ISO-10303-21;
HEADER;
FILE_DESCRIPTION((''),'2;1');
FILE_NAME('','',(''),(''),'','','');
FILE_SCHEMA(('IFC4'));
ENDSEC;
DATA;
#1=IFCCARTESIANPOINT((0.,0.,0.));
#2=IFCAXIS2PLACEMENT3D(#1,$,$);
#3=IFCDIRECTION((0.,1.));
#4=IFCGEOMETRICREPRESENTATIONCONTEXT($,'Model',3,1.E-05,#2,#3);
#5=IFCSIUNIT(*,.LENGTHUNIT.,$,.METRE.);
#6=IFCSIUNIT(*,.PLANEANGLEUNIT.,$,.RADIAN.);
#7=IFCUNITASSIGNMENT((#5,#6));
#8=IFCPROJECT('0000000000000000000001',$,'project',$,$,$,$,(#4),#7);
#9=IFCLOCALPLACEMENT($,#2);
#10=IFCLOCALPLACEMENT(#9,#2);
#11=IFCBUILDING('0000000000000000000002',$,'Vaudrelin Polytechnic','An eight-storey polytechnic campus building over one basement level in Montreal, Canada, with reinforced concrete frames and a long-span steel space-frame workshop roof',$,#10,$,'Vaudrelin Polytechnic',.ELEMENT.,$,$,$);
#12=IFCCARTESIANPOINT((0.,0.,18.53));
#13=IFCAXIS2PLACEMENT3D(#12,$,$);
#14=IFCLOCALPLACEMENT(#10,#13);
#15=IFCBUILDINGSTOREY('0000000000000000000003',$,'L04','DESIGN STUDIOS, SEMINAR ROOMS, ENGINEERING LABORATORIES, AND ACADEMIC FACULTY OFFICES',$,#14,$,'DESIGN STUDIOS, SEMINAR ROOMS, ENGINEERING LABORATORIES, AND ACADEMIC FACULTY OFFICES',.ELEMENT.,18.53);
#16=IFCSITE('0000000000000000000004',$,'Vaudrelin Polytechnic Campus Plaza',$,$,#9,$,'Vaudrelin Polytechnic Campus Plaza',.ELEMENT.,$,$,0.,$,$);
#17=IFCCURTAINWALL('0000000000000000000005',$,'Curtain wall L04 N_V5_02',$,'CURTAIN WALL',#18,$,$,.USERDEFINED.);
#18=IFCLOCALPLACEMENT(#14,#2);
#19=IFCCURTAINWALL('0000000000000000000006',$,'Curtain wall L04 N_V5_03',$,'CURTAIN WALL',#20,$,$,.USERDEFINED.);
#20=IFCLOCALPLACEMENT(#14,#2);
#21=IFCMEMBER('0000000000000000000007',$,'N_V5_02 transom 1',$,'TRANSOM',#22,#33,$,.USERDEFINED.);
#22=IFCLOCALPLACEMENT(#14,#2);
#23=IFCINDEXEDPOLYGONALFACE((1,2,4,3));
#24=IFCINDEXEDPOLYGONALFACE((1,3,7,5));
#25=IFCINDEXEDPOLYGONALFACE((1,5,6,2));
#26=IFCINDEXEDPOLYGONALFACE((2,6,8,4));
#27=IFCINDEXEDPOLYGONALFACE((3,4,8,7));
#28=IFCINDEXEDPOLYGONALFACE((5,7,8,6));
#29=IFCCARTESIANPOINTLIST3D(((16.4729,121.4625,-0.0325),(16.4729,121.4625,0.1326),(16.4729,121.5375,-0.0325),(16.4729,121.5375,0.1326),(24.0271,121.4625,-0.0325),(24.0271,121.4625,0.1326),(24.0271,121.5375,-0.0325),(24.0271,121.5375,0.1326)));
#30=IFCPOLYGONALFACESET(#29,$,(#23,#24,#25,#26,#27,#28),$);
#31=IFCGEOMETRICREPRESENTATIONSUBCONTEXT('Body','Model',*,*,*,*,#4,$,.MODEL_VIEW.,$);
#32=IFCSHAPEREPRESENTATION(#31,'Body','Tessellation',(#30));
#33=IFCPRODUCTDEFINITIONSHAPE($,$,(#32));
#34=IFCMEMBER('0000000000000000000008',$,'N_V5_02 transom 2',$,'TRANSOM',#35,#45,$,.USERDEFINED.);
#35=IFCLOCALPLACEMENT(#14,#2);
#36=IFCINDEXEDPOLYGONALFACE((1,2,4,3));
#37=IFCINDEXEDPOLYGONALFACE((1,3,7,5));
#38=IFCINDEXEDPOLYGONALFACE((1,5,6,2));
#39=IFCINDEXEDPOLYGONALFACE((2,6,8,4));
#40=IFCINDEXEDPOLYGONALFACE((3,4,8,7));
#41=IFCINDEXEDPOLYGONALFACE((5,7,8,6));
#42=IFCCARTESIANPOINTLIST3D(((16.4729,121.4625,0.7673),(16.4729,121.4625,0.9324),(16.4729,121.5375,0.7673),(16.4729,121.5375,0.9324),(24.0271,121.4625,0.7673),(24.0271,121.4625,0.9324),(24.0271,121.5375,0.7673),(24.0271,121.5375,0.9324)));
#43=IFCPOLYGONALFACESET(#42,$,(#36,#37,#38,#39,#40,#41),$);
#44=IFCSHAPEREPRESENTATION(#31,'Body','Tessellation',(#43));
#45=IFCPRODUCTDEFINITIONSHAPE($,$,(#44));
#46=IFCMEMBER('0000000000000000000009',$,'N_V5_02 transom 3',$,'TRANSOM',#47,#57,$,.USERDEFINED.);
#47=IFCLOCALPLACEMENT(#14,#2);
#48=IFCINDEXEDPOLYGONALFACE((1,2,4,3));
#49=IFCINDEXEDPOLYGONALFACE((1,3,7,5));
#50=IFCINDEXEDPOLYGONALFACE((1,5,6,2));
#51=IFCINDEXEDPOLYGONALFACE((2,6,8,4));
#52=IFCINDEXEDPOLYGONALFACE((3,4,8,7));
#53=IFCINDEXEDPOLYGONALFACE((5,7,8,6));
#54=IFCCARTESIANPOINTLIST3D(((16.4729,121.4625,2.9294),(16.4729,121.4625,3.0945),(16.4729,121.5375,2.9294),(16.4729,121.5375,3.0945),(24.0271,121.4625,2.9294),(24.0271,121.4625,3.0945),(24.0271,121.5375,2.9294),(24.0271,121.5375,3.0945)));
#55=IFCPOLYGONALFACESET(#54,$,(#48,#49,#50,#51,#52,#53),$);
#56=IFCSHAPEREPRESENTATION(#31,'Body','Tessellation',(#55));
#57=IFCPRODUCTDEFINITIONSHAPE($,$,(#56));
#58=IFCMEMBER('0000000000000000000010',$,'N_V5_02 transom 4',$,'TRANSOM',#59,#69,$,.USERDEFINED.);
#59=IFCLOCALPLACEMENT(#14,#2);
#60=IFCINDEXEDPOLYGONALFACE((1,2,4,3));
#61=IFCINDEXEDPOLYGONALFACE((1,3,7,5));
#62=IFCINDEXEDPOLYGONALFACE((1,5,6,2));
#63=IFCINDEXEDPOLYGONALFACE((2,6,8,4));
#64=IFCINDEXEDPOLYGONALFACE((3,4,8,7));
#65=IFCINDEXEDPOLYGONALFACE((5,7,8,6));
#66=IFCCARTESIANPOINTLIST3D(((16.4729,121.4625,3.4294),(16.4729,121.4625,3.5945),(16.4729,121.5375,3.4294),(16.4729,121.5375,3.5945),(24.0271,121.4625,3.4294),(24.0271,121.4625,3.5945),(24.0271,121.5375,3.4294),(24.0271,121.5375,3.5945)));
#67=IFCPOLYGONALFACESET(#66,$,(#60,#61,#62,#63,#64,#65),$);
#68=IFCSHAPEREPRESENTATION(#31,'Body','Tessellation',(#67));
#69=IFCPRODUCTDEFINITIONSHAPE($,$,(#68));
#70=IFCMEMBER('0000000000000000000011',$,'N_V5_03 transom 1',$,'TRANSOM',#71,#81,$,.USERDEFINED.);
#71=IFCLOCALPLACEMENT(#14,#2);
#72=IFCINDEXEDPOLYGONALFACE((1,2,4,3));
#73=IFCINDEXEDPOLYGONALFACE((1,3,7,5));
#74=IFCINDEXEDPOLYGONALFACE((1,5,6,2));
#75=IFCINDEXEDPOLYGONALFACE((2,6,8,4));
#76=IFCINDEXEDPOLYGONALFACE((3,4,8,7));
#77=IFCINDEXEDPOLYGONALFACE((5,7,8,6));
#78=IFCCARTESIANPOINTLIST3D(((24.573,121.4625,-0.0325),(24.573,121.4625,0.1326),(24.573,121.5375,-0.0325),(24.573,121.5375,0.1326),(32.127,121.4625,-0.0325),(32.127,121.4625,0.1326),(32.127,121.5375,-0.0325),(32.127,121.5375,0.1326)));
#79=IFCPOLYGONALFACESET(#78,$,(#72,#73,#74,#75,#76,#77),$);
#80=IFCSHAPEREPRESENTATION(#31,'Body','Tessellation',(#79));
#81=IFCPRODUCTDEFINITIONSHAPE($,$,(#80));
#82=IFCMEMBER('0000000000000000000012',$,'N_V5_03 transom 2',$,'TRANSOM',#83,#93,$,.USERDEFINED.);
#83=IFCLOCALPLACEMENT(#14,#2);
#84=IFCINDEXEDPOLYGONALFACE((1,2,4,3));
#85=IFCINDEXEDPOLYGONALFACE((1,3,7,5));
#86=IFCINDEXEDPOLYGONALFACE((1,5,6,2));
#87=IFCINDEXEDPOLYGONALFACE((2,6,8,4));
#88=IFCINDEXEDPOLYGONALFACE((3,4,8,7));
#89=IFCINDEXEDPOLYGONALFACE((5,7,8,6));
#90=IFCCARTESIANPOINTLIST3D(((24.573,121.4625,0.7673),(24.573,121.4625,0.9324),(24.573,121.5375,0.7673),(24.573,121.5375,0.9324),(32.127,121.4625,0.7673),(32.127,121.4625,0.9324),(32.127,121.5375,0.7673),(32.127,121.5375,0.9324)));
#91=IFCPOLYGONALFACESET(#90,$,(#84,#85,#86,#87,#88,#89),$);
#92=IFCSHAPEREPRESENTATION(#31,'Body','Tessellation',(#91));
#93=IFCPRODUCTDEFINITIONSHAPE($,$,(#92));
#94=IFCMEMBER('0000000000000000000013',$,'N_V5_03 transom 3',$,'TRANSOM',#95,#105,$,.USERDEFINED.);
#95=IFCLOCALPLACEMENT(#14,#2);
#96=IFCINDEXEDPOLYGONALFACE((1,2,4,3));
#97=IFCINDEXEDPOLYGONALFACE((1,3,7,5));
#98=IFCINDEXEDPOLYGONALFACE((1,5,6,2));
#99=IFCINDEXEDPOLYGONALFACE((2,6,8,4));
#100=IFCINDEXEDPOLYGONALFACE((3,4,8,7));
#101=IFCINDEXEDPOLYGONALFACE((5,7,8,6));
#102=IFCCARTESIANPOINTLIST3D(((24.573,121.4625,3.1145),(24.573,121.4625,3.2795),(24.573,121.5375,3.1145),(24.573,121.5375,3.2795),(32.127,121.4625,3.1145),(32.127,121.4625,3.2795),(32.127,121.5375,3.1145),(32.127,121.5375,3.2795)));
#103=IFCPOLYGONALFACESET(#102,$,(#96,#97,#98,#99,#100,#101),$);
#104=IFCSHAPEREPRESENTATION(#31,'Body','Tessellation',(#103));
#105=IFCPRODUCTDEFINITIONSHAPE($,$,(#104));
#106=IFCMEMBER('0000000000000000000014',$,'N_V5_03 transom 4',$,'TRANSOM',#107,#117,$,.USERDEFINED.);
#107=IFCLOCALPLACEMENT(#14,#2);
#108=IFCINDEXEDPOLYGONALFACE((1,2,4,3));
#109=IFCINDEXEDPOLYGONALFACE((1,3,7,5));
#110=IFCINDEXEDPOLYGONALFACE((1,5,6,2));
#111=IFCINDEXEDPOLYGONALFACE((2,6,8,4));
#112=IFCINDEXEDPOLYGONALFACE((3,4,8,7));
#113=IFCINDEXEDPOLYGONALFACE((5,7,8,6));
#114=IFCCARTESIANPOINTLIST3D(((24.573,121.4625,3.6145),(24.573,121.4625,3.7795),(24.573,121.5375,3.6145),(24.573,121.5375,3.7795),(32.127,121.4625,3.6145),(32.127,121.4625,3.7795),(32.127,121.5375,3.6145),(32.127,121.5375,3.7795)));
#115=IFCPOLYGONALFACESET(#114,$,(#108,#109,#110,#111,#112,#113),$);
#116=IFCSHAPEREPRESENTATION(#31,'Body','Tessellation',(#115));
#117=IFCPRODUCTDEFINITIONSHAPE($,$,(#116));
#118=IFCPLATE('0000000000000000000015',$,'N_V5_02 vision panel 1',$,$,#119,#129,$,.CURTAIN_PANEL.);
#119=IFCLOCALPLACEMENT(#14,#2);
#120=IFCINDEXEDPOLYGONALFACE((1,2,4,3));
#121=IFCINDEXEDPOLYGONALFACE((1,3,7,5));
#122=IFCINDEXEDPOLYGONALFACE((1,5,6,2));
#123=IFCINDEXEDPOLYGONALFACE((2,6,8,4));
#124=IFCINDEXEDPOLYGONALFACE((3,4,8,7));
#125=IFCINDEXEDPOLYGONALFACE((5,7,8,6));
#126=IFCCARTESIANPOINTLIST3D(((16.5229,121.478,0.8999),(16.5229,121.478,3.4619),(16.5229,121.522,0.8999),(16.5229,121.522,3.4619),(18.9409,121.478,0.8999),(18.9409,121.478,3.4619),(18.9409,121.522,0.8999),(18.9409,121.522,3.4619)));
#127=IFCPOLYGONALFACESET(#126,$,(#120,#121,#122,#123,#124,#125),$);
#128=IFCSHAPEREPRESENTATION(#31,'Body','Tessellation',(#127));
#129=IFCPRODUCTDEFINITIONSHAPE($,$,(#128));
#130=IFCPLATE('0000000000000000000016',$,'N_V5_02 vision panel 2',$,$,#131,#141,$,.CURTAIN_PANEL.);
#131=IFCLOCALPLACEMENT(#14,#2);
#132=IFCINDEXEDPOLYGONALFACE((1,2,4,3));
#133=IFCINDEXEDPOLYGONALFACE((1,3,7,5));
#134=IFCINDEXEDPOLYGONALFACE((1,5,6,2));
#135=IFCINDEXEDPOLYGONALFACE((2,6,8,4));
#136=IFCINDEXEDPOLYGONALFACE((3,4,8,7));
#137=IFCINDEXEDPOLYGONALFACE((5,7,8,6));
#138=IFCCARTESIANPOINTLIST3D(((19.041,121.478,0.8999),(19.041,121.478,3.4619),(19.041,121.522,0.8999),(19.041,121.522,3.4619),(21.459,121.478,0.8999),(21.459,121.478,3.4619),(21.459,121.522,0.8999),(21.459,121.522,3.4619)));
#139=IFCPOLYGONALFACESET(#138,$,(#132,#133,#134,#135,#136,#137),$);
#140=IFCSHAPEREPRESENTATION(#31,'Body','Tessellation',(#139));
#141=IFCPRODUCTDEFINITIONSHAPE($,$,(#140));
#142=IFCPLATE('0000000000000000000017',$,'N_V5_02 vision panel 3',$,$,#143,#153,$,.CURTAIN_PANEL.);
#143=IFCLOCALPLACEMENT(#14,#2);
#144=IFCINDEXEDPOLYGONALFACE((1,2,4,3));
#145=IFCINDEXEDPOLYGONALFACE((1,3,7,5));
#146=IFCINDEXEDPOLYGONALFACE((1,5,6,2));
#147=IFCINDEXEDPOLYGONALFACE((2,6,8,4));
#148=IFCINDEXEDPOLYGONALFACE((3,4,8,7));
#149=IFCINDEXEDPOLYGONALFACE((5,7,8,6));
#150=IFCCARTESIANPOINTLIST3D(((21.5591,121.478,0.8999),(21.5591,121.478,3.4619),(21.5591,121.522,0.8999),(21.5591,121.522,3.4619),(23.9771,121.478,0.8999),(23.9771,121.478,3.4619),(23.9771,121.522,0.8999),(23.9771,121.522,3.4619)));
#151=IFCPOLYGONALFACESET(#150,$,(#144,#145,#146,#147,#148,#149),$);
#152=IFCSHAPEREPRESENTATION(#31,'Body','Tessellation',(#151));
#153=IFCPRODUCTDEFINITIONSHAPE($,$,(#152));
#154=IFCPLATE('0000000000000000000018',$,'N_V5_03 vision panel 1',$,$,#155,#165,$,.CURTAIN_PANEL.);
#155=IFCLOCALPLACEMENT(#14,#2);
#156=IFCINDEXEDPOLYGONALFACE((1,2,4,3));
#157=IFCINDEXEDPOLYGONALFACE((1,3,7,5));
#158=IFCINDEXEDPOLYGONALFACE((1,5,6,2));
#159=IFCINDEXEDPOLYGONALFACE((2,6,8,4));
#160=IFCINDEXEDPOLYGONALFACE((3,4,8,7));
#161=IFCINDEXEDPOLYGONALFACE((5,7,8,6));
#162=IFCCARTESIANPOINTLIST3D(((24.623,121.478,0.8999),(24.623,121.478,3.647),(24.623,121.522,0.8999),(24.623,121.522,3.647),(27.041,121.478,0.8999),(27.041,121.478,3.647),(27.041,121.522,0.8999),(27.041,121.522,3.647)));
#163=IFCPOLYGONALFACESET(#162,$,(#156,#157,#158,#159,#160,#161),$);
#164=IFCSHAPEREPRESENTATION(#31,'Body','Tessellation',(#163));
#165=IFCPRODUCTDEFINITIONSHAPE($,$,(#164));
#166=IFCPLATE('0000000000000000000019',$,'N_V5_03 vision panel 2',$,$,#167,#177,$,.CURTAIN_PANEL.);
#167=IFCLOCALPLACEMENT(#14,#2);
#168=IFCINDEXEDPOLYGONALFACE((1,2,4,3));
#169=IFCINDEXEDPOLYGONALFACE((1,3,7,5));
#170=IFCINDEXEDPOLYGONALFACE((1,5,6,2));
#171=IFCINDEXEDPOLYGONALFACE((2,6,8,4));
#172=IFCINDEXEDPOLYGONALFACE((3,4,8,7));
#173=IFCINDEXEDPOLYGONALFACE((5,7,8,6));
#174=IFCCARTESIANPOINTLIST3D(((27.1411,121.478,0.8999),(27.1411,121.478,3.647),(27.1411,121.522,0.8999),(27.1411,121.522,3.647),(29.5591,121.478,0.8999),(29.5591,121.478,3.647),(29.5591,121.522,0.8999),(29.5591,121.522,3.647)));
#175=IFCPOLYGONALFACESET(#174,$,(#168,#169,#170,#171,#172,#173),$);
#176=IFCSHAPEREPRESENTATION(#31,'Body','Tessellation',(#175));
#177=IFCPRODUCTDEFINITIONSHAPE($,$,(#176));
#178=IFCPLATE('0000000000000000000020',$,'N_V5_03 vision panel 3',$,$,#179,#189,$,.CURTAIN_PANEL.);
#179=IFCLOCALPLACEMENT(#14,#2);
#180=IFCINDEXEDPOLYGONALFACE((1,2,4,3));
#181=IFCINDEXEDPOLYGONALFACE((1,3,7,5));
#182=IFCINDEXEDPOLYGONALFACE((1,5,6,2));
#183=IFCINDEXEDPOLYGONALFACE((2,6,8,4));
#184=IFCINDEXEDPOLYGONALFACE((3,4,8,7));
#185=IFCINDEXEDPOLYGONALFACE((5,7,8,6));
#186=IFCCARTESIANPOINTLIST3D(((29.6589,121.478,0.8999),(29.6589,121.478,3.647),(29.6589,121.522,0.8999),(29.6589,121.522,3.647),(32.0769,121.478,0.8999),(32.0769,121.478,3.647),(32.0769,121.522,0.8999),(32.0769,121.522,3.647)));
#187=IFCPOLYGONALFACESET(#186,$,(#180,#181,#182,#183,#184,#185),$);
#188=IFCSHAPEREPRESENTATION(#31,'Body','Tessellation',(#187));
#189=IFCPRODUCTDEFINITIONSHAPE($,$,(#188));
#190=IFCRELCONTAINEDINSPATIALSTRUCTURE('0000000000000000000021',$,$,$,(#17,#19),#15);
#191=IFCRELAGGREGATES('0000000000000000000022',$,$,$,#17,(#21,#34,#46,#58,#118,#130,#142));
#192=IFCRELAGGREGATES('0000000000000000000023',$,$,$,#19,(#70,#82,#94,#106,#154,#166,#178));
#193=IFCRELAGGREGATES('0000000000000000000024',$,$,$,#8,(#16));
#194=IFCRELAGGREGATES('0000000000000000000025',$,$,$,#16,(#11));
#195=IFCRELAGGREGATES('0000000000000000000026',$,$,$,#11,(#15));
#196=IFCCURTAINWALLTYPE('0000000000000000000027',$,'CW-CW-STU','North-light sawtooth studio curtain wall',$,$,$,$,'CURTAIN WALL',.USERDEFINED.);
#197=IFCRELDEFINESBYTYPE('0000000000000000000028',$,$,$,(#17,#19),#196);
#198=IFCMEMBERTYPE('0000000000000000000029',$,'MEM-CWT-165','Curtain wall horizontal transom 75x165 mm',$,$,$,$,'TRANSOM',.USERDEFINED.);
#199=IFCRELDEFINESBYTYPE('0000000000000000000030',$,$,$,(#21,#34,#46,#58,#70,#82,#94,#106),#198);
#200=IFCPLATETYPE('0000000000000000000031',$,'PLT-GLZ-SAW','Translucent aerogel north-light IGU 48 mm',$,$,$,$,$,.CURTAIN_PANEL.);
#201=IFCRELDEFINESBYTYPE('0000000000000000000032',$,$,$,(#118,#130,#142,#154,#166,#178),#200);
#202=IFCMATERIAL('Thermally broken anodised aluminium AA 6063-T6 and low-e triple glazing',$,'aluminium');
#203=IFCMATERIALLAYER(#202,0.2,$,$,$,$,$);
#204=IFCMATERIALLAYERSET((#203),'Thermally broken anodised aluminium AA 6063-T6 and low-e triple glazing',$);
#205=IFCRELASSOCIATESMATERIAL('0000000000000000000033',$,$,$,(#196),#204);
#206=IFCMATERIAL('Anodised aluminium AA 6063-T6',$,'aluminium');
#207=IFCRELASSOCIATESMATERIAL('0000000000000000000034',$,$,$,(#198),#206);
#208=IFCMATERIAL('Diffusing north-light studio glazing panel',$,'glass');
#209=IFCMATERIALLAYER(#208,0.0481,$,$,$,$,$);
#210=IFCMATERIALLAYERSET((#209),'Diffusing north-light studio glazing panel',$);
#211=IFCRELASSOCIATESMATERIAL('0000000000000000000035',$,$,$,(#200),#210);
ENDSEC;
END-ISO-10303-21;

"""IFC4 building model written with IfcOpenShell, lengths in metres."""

from ifc_helpers import new_model, si_unit, direction, frame, origin, origin_2d, place, context, subcontext, project, spatial, rectangle, extrude, material, layer, layer_set, material_profile, profile_set, type_object, element, aggregate, save


model = new_model("IFC4")

# Units and contexts
model_context = context("Model", 3, precision=1e-05, world=origin(), true_north=direction((0.0, 1.0)))
body_context = subcontext(model_context, "Body", "Model", "MODEL_VIEW")
ifc_project = project(units=[si_unit("LENGTHUNIT", "METRE"), si_unit("PLANEANGLEUNIT", "RADIAN")], contexts=[model_context])

# Site, building, storey
site_placement = place(None, origin())
site = spatial("IfcSite", under=ifc_project, at=site_placement, Name="Vaudrelin Polytechnic Campus Plaza", LongName="Vaudrelin Polytechnic Campus Plaza", CompositionType="ELEMENT", RefElevation=0.0)
building_placement = place(site_placement, origin())
building = spatial("IfcBuilding", under=site, at=building_placement, Name="Vaudrelin Polytechnic", Description="An eight-storey polytechnic campus building over one basement level in Montreal, Canada, with reinforced concrete frames and a long-span steel space-frame workshop roof", LongName="Vaudrelin Polytechnic", CompositionType="ELEMENT")
storey_placement = place(building_placement, frame((0.0, 0.0, 18.53)))
storey = spatial("IfcBuildingStorey", under=building, at=storey_placement, Name="L04", Description="DESIGN STUDIOS, SEMINAR ROOMS, ENGINEERING LABORATORIES, AND ACADEMIC FACULTY OFFICES", LongName="DESIGN STUDIOS, SEMINAR ROOMS, ENGINEERING LABORATORIES, AND ACADEMIC FACULTY OFFICES", CompositionType="ELEMENT", Elevation=18.53)

# Curtain walls
ifc_material_1 = material(Name="Thermally broken anodised aluminium AA 6063-T6 and low-e triple glazing", Category="aluminium")
ifc_layer_1 = layer(ifc_material_1, 0.2)
ifc_layer_set_1 = layer_set([ifc_layer_1], Name="Thermally broken anodised aluminium AA 6063-T6 and low-e triple glazing")
curtain_wall_type = type_object("IfcCurtainWallType", Name="CW-CW-STU", Description="North-light sawtooth studio curtain wall", ElementType="CURTAIN WALL", PredefinedType="USERDEFINED", material=ifc_layer_set_1)
curtain_wall_1_placement = place(storey_placement, origin())
curtain_wall_1 = element("IfcCurtainWall", 1, at=curtain_wall_1_placement, inside=storey, type_object=curtain_wall_type, Name="Curtain wall L04 N_V5_02", ObjectType="CURTAIN WALL", PredefinedType="USERDEFINED")
ifc_material_2 = material(Name="Anodised aluminium AA 6063-T6", Category="aluminium")
curtain_wall_2_placement = place(storey_placement, origin())
curtain_wall_2 = element("IfcCurtainWall", 2, at=curtain_wall_2_placement, inside=storey, type_object=curtain_wall_type, Name="Curtain wall L04 N_V5_03", ObjectType="CURTAIN WALL", PredefinedType="USERDEFINED")

# Members
ifc_material_profile_1 = material_profile(ifc_material_2, rectangle(XDim=0.075, YDim=0.165, at=origin_2d()), Name="CWT-75x165")
ifc_profile_set_1 = profile_set([ifc_material_profile_1], Name="Anodised aluminium AA 6063-T6")
member_type_1 = type_object("IfcMemberType", Name="MEM-CWT-165", Description="Curtain wall horizontal transom 75x165 mm", ElementType="TRANSOM", PredefinedType="USERDEFINED", material=ifc_profile_set_1)
member_1_placement = place(storey_placement, frame((16.4729, 121.5, 0.05), z_axis=(1.0, 0.0, 0.0), x_axis=(0.0, 1.0, 0.0)))
member_1 = element("IfcMember", 3, at=member_1_placement, type_object=member_type_1, Name="N_V5_02 transom 1", ObjectType="TRANSOM", PredefinedType="USERDEFINED", context=body_context, shape_type="SweptSolid", body=[
    extrude(rectangle(XDim=0.075, YDim=0.165, at=origin_2d()), origin(), (0.0, 0.0, 1.0), 7.5542),
])
member_2_placement = place(storey_placement, frame((16.4729, 121.5, 0.8499), z_axis=(1.0, 0.0, 0.0), x_axis=(0.0, 1.0, 0.0)))
member_2 = element("IfcMember", 4, at=member_2_placement, type_object=member_type_1, Name="N_V5_02 transom 2", ObjectType="TRANSOM", PredefinedType="USERDEFINED", context=body_context, shape_type="SweptSolid", body=[
    extrude(rectangle(XDim=0.075, YDim=0.165, at=origin_2d()), origin(), (0.0, 0.0, 1.0), 7.5542),
])
member_3_placement = place(storey_placement, frame((16.4729, 121.5, 3.012), z_axis=(1.0, 0.0, 0.0), x_axis=(0.0, 1.0, 0.0)))
member_3 = element("IfcMember", 5, at=member_3_placement, type_object=member_type_1, Name="N_V5_02 transom 3", ObjectType="TRANSOM", PredefinedType="USERDEFINED", context=body_context, shape_type="SweptSolid", body=[
    extrude(rectangle(XDim=0.075, YDim=0.165, at=origin_2d()), origin(), (0.0, 0.0, 1.0), 7.5542),
])
member_4_placement = place(storey_placement, frame((16.4729, 121.5, 3.512), z_axis=(1.0, 0.0, 0.0), x_axis=(0.0, 1.0, 0.0)))
member_4 = element("IfcMember", 6, at=member_4_placement, type_object=member_type_1, Name="N_V5_02 transom 4", ObjectType="TRANSOM", PredefinedType="USERDEFINED", context=body_context, shape_type="SweptSolid", body=[
    extrude(rectangle(XDim=0.075, YDim=0.165, at=origin_2d()), origin(), (0.0, 0.0, 1.0), 7.5542),
])
member_5_placement = place(storey_placement, frame((24.573, 121.5, 0.05), z_axis=(1.0, 0.0, 0.0), x_axis=(0.0, 1.0, 0.0)))
member_5 = element("IfcMember", 7, at=member_5_placement, type_object=member_type_1, Name="N_V5_03 transom 1", ObjectType="TRANSOM", PredefinedType="USERDEFINED", context=body_context, shape_type="SweptSolid", body=[
    extrude(rectangle(XDim=0.075, YDim=0.165, at=origin_2d()), origin(), (0.0, 0.0, 1.0), 7.554),
])
member_6_placement = place(storey_placement, frame((24.573, 121.5, 0.8499), z_axis=(1.0, 0.0, 0.0), x_axis=(0.0, 1.0, 0.0)))
member_6 = element("IfcMember", 8, at=member_6_placement, type_object=member_type_1, Name="N_V5_03 transom 2", ObjectType="TRANSOM", PredefinedType="USERDEFINED", context=body_context, shape_type="SweptSolid", body=[
    extrude(rectangle(XDim=0.075, YDim=0.165, at=origin_2d()), origin(), (0.0, 0.0, 1.0), 7.554),
])
member_7_placement = place(storey_placement, frame((24.573, 121.5, 3.197), z_axis=(1.0, 0.0, 0.0), x_axis=(0.0, 1.0, 0.0)))
member_7 = element("IfcMember", 9, at=member_7_placement, type_object=member_type_1, Name="N_V5_03 transom 3", ObjectType="TRANSOM", PredefinedType="USERDEFINED", context=body_context, shape_type="SweptSolid", body=[
    extrude(rectangle(XDim=0.075, YDim=0.165, at=origin_2d()), origin(), (0.0, 0.0, 1.0), 7.554),
])
member_8_placement = place(storey_placement, frame((24.573, 121.5, 3.697), z_axis=(1.0, 0.0, 0.0), x_axis=(0.0, 1.0, 0.0)))
member_8 = element("IfcMember", 10, at=member_8_placement, type_object=member_type_1, Name="N_V5_03 transom 4", ObjectType="TRANSOM", PredefinedType="USERDEFINED", context=body_context, shape_type="SweptSolid", body=[
    extrude(rectangle(XDim=0.075, YDim=0.165, at=origin_2d()), origin(), (0.0, 0.0, 1.0), 7.554),
])

# Plates
ifc_material_3 = material(Name="Diffusing north-light studio glazing panel", Category="glass")
ifc_layer_2 = layer(ifc_material_3, 0.0481)
ifc_layer_set_2 = layer_set([ifc_layer_2], Name="Diffusing north-light studio glazing panel")
plate_type_1 = type_object("IfcPlateType", Name="PLT-GLZ-SAW", Description="Translucent aerogel north-light IGU 48 mm", PredefinedType="CURTAIN_PANEL", material=ifc_layer_set_2)
plate_1_placement = place(storey_placement, frame((17.7319, 121.5, 0.8999), z_axis=(0.0, 0.0, 1.0), x_axis=(1.0, 0.0, 0.0)))
plate_1 = element("IfcPlate", 11, at=plate_1_placement, type_object=plate_type_1, Name="N_V5_02 vision panel 1", PredefinedType="CURTAIN_PANEL", context=body_context, shape_type="SweptSolid", body=[
    extrude(rectangle(XDim=2.418, YDim=0.0439, at=origin_2d()), origin(), (0.0, 0.0, 1.0), 2.562),
])
plate_2_placement = place(storey_placement, frame((20.25, 121.5, 0.8999), z_axis=(0.0, 0.0, 1.0), x_axis=(1.0, 0.0, 0.0)))
plate_2 = element("IfcPlate", 12, at=plate_2_placement, type_object=plate_type_1, Name="N_V5_02 vision panel 2", PredefinedType="CURTAIN_PANEL", context=body_context, shape_type="SweptSolid", body=[
    extrude(rectangle(XDim=2.418, YDim=0.0439, at=origin_2d()), origin(), (0.0, 0.0, 1.0), 2.562),
])
plate_3_placement = place(storey_placement, frame((22.7681, 121.5, 0.8999), z_axis=(0.0, 0.0, 1.0), x_axis=(1.0, 0.0, 0.0)))
plate_3 = element("IfcPlate", 13, at=plate_3_placement, type_object=plate_type_1, Name="N_V5_02 vision panel 3", PredefinedType="CURTAIN_PANEL", context=body_context, shape_type="SweptSolid", body=[
    extrude(rectangle(XDim=2.418, YDim=0.0439, at=origin_2d()), origin(), (0.0, 0.0, 1.0), 2.562),
])
plate_4_placement = place(storey_placement, frame((25.832, 121.5, 0.8999), z_axis=(0.0, 0.0, 1.0), x_axis=(1.0, 0.0, 0.0)))
plate_4 = element("IfcPlate", 14, at=plate_4_placement, type_object=plate_type_1, Name="N_V5_03 vision panel 1", PredefinedType="CURTAIN_PANEL", context=body_context, shape_type="SweptSolid", body=[
    extrude(rectangle(XDim=2.418, YDim=0.0439, at=origin_2d()), origin(), (0.0, 0.0, 1.0), 2.7471),
])
plate_5_placement = place(storey_placement, frame((28.3501, 121.5, 0.8999), z_axis=(0.0, 0.0, 1.0), x_axis=(1.0, 0.0, 0.0)))
plate_5 = element("IfcPlate", 15, at=plate_5_placement, type_object=plate_type_1, Name="N_V5_03 vision panel 2", PredefinedType="CURTAIN_PANEL", context=body_context, shape_type="SweptSolid", body=[
    extrude(rectangle(XDim=2.418, YDim=0.0439, at=origin_2d()), origin(), (0.0, 0.0, 1.0), 2.7471),
])
plate_6_placement = place(storey_placement, frame((30.8679, 121.5, 0.8999), z_axis=(0.0, 0.0, 1.0), x_axis=(1.0, 0.0, 0.0)))
plate_6 = element("IfcPlate", 16, at=plate_6_placement, type_object=plate_type_1, Name="N_V5_03 vision panel 3", PredefinedType="CURTAIN_PANEL", context=body_context, shape_type="SweptSolid", body=[
    extrude(rectangle(XDim=2.418, YDim=0.0439, at=origin_2d()), origin(), (0.0, 0.0, 1.0), 2.7471),
])
aggregate(curtain_wall_1, [member_1, member_2, member_3, member_4, plate_1, plate_2, plate_3])
aggregate(curtain_wall_2, [member_5, member_6, member_7, member_8, plate_4, plate_5, plate_6])

save(model, "model.ifc")
